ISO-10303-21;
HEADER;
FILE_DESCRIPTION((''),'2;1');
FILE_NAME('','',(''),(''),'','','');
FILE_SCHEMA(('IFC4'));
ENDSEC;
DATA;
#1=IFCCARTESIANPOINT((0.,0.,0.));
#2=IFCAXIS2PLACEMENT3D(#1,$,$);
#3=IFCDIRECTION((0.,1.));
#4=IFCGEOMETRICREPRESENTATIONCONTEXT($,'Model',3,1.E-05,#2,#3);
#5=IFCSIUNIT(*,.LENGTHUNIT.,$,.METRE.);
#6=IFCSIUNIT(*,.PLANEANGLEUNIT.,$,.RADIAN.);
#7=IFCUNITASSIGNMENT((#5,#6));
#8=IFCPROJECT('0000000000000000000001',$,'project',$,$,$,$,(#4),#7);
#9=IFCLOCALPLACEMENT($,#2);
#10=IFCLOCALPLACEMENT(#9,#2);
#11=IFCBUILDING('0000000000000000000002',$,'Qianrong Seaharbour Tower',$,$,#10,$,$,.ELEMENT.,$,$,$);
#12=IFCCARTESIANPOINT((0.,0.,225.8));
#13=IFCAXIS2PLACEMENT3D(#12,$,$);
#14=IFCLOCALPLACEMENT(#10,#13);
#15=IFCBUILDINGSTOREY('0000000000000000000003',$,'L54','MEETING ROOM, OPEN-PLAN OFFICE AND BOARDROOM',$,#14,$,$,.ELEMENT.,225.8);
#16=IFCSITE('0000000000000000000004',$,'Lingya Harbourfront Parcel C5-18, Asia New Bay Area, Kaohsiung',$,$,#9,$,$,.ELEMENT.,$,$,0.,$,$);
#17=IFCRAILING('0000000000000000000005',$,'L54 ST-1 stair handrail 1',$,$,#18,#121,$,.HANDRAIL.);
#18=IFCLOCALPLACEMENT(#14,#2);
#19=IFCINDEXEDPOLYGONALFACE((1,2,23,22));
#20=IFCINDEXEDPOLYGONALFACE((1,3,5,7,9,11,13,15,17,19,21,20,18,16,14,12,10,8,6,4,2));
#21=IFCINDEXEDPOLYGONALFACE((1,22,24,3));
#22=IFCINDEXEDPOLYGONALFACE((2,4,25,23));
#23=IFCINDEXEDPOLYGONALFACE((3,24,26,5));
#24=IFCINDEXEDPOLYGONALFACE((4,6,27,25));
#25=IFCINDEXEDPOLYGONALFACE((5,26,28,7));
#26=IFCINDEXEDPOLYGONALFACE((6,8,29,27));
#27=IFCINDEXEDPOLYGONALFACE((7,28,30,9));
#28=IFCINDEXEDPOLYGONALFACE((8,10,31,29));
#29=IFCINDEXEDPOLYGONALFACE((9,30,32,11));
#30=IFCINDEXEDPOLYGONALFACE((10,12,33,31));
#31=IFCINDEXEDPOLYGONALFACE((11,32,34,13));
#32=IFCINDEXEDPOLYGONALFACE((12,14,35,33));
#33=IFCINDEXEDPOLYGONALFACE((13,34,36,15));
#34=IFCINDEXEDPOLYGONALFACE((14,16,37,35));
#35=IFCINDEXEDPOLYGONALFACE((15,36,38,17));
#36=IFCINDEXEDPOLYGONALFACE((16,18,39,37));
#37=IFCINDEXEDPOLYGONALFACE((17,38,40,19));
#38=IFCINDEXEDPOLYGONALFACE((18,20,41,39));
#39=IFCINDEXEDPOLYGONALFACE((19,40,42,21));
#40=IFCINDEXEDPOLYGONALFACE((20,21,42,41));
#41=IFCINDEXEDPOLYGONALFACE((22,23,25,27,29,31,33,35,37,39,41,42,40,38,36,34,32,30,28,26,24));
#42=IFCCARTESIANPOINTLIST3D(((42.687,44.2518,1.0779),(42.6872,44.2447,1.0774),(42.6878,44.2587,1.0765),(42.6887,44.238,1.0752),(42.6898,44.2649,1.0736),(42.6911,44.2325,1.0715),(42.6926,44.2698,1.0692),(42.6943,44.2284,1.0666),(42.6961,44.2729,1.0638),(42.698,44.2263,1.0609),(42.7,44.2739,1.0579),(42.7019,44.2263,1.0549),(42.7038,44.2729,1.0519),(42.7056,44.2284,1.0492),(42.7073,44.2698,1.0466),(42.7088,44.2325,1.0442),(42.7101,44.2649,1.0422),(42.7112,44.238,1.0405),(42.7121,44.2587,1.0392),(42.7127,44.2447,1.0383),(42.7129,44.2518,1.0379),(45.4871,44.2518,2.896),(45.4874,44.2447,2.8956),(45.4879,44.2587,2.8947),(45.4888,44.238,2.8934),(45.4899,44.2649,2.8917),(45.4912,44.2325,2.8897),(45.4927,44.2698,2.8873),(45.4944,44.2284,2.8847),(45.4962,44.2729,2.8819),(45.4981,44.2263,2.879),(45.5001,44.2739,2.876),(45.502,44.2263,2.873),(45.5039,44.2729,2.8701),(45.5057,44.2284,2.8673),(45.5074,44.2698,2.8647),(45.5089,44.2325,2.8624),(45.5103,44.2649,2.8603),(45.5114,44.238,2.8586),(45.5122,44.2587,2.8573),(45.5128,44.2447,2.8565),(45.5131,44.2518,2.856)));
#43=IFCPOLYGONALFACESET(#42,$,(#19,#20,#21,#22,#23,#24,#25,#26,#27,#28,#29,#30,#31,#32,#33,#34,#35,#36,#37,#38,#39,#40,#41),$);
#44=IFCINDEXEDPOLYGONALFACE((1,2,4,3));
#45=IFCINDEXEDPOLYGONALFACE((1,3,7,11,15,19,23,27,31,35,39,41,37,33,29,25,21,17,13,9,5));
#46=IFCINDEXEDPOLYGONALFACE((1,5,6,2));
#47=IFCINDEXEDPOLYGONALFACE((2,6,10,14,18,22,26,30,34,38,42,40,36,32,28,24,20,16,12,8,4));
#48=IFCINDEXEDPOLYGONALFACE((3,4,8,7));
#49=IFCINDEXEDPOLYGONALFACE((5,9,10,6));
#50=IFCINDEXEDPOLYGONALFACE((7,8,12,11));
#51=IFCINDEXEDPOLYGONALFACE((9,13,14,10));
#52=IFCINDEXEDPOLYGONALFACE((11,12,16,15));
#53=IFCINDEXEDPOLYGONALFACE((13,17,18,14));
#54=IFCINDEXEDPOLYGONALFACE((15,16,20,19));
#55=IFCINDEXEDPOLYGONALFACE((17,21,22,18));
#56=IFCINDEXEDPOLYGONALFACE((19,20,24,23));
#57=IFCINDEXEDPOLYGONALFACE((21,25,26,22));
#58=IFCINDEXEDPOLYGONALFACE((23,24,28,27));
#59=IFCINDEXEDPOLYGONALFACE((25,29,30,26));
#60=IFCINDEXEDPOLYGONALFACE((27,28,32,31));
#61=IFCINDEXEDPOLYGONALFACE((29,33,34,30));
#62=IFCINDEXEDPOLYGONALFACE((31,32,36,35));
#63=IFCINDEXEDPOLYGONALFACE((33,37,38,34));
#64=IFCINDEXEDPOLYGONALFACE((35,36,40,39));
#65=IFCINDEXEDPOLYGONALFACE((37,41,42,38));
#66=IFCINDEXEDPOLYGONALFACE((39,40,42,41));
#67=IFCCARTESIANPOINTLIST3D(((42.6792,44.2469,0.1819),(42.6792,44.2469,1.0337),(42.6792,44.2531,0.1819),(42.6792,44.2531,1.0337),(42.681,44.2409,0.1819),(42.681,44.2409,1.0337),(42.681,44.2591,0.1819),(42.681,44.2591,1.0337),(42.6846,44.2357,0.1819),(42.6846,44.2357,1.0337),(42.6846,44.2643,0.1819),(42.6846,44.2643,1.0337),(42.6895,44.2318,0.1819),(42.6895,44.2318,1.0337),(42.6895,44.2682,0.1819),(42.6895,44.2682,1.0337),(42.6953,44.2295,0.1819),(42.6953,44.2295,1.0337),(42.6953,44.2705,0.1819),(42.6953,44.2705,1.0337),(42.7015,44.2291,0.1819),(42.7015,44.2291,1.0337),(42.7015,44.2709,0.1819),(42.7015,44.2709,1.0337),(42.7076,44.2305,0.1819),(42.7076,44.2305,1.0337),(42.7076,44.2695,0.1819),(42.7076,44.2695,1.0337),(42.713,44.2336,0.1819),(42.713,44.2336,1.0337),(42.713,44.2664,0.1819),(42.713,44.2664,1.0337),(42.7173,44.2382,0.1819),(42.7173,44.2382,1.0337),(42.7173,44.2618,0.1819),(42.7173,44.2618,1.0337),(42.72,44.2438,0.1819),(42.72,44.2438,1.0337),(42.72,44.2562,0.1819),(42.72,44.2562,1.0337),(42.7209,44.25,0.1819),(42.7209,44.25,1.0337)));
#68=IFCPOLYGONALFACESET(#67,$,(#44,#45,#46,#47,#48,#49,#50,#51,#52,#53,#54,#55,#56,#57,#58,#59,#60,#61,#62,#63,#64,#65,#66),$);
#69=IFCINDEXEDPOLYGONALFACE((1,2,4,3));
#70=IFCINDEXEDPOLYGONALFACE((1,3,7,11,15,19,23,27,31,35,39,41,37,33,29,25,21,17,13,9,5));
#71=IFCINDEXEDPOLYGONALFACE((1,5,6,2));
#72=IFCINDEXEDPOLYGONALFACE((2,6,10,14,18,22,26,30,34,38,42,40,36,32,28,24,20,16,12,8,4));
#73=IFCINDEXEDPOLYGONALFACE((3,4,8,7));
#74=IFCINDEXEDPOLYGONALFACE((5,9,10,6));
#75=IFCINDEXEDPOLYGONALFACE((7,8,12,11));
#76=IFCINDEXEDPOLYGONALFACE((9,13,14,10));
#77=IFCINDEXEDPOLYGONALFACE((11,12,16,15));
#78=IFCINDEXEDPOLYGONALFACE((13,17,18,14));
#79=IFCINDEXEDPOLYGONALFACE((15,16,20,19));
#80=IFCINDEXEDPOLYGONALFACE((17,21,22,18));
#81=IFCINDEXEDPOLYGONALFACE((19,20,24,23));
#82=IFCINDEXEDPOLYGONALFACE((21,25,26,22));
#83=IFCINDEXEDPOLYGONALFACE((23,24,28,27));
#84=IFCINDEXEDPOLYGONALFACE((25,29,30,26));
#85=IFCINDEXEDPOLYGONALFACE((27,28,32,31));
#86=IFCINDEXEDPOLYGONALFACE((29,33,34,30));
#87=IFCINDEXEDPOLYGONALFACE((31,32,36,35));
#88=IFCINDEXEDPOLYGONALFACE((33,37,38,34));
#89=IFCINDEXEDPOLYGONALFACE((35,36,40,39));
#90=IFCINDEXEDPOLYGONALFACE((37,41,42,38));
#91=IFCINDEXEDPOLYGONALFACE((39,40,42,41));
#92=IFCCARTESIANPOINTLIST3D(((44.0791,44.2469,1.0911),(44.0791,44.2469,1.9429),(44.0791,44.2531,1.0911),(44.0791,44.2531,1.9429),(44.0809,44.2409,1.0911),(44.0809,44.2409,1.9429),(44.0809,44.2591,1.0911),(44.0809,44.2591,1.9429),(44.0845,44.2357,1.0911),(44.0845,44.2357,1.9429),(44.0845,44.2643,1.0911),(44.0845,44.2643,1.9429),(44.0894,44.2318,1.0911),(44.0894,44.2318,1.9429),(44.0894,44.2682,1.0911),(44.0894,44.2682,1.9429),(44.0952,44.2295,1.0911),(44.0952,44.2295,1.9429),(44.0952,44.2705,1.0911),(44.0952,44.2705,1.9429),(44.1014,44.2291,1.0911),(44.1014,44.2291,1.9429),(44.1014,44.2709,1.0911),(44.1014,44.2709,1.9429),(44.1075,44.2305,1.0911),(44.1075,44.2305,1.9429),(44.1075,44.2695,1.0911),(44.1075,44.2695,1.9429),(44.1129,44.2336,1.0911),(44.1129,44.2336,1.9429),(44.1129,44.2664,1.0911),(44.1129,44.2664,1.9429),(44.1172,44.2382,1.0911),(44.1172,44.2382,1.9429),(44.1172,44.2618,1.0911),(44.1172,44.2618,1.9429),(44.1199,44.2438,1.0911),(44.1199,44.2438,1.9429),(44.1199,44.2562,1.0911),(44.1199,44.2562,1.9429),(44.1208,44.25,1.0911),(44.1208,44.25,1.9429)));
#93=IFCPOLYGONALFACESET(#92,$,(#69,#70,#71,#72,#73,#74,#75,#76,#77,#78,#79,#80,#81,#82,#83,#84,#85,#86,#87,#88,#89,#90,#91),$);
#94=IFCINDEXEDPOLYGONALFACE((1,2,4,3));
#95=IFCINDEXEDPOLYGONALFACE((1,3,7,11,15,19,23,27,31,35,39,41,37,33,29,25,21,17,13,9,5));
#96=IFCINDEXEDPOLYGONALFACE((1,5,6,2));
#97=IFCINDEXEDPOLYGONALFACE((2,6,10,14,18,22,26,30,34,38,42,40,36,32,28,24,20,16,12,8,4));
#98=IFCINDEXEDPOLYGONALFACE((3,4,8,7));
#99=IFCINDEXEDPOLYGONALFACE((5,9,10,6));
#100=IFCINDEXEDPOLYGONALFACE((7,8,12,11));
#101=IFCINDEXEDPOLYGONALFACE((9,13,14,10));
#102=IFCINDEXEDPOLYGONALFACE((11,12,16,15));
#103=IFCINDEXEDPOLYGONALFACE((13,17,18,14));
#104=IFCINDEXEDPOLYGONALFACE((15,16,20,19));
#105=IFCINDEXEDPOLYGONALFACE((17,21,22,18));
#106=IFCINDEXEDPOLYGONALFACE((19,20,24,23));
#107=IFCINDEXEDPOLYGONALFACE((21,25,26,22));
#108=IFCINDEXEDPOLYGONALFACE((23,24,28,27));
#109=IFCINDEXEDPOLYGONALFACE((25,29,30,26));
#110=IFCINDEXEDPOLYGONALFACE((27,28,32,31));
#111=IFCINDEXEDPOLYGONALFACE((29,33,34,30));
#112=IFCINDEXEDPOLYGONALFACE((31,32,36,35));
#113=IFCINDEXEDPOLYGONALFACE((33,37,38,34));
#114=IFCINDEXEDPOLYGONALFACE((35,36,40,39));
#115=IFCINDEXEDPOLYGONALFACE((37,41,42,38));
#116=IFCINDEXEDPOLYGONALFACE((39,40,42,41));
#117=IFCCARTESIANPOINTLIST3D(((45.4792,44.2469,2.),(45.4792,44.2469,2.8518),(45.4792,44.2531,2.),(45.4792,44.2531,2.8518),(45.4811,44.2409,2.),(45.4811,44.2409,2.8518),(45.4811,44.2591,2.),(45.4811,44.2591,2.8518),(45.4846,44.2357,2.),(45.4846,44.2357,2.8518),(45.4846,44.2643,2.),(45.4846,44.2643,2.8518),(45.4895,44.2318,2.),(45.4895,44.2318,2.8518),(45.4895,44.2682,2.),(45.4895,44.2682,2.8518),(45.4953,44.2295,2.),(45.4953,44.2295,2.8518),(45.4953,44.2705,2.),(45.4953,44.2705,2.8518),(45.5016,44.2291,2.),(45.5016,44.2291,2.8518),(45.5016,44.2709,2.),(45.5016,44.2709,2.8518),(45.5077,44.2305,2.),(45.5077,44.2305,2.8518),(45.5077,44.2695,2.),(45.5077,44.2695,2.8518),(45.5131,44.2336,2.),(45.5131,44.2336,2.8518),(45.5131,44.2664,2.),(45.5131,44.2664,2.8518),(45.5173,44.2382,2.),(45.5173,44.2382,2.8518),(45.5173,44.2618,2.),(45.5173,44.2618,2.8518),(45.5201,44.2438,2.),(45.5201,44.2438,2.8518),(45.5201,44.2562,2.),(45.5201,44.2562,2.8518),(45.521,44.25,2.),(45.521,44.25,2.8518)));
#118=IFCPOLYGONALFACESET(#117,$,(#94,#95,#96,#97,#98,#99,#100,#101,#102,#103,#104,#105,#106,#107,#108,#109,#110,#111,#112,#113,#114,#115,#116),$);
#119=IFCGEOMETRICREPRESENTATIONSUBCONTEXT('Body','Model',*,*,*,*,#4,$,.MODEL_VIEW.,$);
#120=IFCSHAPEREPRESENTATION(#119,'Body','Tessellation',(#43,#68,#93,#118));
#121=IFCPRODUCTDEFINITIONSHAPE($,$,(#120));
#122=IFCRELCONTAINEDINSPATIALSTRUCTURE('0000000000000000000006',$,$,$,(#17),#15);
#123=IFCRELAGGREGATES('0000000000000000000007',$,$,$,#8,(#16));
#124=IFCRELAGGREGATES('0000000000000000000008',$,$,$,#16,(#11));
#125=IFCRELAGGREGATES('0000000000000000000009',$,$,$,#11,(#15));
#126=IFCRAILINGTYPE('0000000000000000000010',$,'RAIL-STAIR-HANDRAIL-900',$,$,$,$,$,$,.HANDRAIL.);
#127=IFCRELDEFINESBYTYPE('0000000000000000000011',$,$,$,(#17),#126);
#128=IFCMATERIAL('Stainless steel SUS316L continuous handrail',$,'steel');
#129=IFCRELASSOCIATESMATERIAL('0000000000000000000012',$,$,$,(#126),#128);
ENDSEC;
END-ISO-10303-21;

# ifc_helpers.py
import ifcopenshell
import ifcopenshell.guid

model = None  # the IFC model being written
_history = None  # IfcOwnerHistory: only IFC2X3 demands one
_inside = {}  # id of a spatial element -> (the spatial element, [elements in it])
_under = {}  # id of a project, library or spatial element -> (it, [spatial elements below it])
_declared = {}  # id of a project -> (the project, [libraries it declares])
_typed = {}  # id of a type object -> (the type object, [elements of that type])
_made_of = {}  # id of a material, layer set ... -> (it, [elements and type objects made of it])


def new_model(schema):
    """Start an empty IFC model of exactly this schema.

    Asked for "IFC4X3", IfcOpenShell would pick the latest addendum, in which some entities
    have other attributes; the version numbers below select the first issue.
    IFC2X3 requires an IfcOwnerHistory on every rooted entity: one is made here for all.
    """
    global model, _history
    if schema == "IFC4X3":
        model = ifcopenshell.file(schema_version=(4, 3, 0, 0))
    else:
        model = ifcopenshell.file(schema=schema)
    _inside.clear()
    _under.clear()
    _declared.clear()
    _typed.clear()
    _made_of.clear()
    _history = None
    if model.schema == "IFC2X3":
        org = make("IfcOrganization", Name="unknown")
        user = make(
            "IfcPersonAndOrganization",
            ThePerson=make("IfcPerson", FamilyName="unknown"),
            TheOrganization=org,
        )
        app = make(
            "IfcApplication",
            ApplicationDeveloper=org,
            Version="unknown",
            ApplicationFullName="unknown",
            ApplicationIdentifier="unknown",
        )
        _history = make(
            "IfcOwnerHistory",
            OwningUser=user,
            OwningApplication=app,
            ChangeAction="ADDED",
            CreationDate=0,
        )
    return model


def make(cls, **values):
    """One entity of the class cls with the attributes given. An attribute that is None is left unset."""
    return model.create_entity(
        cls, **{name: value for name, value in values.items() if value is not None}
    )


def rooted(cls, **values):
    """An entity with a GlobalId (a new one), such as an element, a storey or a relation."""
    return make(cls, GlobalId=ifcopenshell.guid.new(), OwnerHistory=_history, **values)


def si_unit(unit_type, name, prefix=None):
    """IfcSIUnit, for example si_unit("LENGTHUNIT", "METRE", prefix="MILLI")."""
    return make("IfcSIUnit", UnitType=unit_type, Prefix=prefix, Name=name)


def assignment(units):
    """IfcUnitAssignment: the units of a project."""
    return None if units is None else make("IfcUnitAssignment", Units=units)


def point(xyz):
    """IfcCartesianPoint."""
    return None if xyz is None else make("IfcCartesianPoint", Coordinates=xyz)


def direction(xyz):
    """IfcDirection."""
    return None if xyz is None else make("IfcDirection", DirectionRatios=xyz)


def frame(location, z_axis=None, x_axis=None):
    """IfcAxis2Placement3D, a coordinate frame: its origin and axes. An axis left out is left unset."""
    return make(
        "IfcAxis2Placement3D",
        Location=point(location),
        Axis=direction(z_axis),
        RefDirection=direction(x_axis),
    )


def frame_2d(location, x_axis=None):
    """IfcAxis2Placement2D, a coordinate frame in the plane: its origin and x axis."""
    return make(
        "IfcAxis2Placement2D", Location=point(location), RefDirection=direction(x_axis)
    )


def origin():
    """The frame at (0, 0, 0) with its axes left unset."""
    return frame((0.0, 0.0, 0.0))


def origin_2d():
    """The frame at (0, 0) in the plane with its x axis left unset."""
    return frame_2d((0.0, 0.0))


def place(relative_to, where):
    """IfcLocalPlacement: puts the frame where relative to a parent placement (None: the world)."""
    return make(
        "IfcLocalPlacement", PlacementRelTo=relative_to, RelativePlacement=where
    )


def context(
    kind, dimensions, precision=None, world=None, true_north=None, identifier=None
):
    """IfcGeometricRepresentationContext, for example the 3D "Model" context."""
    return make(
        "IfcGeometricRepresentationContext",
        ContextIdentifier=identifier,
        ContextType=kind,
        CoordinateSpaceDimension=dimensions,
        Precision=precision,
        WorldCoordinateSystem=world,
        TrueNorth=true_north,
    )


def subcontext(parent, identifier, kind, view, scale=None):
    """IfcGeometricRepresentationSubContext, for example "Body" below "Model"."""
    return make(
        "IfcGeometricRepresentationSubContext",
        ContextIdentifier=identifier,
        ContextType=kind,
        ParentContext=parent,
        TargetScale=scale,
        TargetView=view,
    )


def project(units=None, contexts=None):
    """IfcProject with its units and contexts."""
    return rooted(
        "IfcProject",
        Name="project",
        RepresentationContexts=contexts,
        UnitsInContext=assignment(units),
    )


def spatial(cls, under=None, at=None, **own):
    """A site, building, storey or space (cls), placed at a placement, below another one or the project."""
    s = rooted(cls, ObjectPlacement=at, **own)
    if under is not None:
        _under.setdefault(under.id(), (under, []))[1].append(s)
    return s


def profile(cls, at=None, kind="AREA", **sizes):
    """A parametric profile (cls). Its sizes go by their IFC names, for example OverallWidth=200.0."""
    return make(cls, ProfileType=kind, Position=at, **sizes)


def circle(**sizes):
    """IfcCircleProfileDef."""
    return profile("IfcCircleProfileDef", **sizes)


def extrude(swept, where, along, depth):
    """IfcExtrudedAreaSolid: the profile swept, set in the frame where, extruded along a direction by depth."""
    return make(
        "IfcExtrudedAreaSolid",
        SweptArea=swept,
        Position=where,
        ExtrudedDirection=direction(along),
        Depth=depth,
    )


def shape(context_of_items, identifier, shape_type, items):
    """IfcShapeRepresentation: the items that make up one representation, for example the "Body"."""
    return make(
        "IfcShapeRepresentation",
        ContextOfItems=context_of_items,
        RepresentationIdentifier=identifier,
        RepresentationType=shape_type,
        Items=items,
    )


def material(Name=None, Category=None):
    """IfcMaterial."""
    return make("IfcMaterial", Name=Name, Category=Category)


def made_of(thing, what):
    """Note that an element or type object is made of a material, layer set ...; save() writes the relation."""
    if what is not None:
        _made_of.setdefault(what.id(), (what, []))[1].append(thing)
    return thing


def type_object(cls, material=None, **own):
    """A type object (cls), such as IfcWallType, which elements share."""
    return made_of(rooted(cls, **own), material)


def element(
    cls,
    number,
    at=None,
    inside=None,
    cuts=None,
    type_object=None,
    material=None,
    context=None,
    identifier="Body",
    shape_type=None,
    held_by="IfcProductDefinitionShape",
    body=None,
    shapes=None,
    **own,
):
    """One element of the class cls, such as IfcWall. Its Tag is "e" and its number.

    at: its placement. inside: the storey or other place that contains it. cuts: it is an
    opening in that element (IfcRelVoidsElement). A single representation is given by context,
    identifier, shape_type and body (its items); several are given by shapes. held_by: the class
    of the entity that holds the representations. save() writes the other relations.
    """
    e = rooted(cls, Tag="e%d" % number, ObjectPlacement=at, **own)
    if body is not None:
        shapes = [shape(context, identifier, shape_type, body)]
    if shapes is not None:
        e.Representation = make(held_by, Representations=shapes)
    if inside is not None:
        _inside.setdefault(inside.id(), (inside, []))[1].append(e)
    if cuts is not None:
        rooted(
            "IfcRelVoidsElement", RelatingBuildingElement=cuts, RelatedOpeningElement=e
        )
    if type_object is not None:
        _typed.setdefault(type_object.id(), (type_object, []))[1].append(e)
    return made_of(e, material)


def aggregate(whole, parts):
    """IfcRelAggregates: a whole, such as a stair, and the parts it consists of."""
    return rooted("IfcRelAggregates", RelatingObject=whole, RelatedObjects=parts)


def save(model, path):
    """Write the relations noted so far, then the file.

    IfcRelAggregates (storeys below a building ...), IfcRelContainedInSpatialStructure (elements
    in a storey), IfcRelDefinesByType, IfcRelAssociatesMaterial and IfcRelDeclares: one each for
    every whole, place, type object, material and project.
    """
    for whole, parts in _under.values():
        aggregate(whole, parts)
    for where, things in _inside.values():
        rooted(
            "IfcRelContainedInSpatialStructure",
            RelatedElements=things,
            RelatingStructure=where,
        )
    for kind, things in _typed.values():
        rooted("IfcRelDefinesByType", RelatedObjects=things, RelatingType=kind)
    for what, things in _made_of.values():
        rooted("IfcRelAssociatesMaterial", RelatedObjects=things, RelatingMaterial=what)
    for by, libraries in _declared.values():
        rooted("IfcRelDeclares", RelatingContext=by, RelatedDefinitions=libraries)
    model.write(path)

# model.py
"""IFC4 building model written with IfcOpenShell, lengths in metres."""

from ifc_helpers import new_model, si_unit, direction, frame, origin, origin_2d, place, context, subcontext, project, spatial, circle, extrude, material, type_object, element, save


model = new_model("IFC4")

# Units and contexts
model_context = context("Model", 3, precision=1e-05, world=origin(), true_north=direction((0.0, 1.0)))
body_context = subcontext(model_context, "Body", "Model", "MODEL_VIEW")
ifc_project = project(units=[si_unit("LENGTHUNIT", "METRE"), si_unit("PLANEANGLEUNIT", "RADIAN")], contexts=[model_context])

# Site, building, storey
site_placement = place(None, origin())
site = spatial("IfcSite", under=ifc_project, at=site_placement, Name="Lingya Harbourfront Parcel C5-18, Asia New Bay Area, Kaohsiung", CompositionType="ELEMENT", RefElevation=0.0)
building_placement = place(site_placement, origin())
building = spatial("IfcBuilding", under=site, at=building_placement, Name="Qianrong Seaharbour Tower", CompositionType="ELEMENT")
storey_placement = place(building_placement, frame((0.0, 0.0, 225.8)))
storey = spatial("IfcBuildingStorey", under=building, at=storey_placement, Name="L54", Description="MEETING ROOM, OPEN-PLAN OFFICE AND BOARDROOM", CompositionType="ELEMENT", Elevation=225.8)

# Railing
ifc_material_1 = material(Name="Stainless steel SUS316L continuous handrail", Category="steel")
railing_type_1 = type_object("IfcRailingType", Name="RAIL-STAIR-HANDRAIL-900", PredefinedType="HANDRAIL", material=ifc_material_1)
railing_1_placement = place(storey_placement, frame((42.7, 44.25, 0.1819)))
element("IfcRailing", 1, at=railing_1_placement, inside=storey, type_object=railing_type_1, Name="L54 ST-1 stair handrail 1", PredefinedType="HANDRAIL", context=body_context, shape_type="SweptSolid", body=[
    extrude(circle(Radius=0.0239, at=origin_2d()), frame((0.0, 0.0, 0.876), z_axis=(0.838706, 0.0, 0.544585), x_axis=(0.0, 1.0, 0.0)), (0.0, 0.0, 1.0), 3.3386),
    extrude(circle(Radius=0.021, at=origin_2d()), origin(), (0.0, 0.0, 1.0), 0.8518),
    extrude(circle(Radius=0.021, at=origin_2d()), frame((1.3999, 0.0, 0.9092)), (0.0, 0.0, 1.0), 0.8518),
    extrude(circle(Radius=0.021, at=origin_2d()), frame((2.8, 0.0, 1.8181)), (0.0, 0.0, 1.0), 0.8518),
])

save(model, "model.ifc")
